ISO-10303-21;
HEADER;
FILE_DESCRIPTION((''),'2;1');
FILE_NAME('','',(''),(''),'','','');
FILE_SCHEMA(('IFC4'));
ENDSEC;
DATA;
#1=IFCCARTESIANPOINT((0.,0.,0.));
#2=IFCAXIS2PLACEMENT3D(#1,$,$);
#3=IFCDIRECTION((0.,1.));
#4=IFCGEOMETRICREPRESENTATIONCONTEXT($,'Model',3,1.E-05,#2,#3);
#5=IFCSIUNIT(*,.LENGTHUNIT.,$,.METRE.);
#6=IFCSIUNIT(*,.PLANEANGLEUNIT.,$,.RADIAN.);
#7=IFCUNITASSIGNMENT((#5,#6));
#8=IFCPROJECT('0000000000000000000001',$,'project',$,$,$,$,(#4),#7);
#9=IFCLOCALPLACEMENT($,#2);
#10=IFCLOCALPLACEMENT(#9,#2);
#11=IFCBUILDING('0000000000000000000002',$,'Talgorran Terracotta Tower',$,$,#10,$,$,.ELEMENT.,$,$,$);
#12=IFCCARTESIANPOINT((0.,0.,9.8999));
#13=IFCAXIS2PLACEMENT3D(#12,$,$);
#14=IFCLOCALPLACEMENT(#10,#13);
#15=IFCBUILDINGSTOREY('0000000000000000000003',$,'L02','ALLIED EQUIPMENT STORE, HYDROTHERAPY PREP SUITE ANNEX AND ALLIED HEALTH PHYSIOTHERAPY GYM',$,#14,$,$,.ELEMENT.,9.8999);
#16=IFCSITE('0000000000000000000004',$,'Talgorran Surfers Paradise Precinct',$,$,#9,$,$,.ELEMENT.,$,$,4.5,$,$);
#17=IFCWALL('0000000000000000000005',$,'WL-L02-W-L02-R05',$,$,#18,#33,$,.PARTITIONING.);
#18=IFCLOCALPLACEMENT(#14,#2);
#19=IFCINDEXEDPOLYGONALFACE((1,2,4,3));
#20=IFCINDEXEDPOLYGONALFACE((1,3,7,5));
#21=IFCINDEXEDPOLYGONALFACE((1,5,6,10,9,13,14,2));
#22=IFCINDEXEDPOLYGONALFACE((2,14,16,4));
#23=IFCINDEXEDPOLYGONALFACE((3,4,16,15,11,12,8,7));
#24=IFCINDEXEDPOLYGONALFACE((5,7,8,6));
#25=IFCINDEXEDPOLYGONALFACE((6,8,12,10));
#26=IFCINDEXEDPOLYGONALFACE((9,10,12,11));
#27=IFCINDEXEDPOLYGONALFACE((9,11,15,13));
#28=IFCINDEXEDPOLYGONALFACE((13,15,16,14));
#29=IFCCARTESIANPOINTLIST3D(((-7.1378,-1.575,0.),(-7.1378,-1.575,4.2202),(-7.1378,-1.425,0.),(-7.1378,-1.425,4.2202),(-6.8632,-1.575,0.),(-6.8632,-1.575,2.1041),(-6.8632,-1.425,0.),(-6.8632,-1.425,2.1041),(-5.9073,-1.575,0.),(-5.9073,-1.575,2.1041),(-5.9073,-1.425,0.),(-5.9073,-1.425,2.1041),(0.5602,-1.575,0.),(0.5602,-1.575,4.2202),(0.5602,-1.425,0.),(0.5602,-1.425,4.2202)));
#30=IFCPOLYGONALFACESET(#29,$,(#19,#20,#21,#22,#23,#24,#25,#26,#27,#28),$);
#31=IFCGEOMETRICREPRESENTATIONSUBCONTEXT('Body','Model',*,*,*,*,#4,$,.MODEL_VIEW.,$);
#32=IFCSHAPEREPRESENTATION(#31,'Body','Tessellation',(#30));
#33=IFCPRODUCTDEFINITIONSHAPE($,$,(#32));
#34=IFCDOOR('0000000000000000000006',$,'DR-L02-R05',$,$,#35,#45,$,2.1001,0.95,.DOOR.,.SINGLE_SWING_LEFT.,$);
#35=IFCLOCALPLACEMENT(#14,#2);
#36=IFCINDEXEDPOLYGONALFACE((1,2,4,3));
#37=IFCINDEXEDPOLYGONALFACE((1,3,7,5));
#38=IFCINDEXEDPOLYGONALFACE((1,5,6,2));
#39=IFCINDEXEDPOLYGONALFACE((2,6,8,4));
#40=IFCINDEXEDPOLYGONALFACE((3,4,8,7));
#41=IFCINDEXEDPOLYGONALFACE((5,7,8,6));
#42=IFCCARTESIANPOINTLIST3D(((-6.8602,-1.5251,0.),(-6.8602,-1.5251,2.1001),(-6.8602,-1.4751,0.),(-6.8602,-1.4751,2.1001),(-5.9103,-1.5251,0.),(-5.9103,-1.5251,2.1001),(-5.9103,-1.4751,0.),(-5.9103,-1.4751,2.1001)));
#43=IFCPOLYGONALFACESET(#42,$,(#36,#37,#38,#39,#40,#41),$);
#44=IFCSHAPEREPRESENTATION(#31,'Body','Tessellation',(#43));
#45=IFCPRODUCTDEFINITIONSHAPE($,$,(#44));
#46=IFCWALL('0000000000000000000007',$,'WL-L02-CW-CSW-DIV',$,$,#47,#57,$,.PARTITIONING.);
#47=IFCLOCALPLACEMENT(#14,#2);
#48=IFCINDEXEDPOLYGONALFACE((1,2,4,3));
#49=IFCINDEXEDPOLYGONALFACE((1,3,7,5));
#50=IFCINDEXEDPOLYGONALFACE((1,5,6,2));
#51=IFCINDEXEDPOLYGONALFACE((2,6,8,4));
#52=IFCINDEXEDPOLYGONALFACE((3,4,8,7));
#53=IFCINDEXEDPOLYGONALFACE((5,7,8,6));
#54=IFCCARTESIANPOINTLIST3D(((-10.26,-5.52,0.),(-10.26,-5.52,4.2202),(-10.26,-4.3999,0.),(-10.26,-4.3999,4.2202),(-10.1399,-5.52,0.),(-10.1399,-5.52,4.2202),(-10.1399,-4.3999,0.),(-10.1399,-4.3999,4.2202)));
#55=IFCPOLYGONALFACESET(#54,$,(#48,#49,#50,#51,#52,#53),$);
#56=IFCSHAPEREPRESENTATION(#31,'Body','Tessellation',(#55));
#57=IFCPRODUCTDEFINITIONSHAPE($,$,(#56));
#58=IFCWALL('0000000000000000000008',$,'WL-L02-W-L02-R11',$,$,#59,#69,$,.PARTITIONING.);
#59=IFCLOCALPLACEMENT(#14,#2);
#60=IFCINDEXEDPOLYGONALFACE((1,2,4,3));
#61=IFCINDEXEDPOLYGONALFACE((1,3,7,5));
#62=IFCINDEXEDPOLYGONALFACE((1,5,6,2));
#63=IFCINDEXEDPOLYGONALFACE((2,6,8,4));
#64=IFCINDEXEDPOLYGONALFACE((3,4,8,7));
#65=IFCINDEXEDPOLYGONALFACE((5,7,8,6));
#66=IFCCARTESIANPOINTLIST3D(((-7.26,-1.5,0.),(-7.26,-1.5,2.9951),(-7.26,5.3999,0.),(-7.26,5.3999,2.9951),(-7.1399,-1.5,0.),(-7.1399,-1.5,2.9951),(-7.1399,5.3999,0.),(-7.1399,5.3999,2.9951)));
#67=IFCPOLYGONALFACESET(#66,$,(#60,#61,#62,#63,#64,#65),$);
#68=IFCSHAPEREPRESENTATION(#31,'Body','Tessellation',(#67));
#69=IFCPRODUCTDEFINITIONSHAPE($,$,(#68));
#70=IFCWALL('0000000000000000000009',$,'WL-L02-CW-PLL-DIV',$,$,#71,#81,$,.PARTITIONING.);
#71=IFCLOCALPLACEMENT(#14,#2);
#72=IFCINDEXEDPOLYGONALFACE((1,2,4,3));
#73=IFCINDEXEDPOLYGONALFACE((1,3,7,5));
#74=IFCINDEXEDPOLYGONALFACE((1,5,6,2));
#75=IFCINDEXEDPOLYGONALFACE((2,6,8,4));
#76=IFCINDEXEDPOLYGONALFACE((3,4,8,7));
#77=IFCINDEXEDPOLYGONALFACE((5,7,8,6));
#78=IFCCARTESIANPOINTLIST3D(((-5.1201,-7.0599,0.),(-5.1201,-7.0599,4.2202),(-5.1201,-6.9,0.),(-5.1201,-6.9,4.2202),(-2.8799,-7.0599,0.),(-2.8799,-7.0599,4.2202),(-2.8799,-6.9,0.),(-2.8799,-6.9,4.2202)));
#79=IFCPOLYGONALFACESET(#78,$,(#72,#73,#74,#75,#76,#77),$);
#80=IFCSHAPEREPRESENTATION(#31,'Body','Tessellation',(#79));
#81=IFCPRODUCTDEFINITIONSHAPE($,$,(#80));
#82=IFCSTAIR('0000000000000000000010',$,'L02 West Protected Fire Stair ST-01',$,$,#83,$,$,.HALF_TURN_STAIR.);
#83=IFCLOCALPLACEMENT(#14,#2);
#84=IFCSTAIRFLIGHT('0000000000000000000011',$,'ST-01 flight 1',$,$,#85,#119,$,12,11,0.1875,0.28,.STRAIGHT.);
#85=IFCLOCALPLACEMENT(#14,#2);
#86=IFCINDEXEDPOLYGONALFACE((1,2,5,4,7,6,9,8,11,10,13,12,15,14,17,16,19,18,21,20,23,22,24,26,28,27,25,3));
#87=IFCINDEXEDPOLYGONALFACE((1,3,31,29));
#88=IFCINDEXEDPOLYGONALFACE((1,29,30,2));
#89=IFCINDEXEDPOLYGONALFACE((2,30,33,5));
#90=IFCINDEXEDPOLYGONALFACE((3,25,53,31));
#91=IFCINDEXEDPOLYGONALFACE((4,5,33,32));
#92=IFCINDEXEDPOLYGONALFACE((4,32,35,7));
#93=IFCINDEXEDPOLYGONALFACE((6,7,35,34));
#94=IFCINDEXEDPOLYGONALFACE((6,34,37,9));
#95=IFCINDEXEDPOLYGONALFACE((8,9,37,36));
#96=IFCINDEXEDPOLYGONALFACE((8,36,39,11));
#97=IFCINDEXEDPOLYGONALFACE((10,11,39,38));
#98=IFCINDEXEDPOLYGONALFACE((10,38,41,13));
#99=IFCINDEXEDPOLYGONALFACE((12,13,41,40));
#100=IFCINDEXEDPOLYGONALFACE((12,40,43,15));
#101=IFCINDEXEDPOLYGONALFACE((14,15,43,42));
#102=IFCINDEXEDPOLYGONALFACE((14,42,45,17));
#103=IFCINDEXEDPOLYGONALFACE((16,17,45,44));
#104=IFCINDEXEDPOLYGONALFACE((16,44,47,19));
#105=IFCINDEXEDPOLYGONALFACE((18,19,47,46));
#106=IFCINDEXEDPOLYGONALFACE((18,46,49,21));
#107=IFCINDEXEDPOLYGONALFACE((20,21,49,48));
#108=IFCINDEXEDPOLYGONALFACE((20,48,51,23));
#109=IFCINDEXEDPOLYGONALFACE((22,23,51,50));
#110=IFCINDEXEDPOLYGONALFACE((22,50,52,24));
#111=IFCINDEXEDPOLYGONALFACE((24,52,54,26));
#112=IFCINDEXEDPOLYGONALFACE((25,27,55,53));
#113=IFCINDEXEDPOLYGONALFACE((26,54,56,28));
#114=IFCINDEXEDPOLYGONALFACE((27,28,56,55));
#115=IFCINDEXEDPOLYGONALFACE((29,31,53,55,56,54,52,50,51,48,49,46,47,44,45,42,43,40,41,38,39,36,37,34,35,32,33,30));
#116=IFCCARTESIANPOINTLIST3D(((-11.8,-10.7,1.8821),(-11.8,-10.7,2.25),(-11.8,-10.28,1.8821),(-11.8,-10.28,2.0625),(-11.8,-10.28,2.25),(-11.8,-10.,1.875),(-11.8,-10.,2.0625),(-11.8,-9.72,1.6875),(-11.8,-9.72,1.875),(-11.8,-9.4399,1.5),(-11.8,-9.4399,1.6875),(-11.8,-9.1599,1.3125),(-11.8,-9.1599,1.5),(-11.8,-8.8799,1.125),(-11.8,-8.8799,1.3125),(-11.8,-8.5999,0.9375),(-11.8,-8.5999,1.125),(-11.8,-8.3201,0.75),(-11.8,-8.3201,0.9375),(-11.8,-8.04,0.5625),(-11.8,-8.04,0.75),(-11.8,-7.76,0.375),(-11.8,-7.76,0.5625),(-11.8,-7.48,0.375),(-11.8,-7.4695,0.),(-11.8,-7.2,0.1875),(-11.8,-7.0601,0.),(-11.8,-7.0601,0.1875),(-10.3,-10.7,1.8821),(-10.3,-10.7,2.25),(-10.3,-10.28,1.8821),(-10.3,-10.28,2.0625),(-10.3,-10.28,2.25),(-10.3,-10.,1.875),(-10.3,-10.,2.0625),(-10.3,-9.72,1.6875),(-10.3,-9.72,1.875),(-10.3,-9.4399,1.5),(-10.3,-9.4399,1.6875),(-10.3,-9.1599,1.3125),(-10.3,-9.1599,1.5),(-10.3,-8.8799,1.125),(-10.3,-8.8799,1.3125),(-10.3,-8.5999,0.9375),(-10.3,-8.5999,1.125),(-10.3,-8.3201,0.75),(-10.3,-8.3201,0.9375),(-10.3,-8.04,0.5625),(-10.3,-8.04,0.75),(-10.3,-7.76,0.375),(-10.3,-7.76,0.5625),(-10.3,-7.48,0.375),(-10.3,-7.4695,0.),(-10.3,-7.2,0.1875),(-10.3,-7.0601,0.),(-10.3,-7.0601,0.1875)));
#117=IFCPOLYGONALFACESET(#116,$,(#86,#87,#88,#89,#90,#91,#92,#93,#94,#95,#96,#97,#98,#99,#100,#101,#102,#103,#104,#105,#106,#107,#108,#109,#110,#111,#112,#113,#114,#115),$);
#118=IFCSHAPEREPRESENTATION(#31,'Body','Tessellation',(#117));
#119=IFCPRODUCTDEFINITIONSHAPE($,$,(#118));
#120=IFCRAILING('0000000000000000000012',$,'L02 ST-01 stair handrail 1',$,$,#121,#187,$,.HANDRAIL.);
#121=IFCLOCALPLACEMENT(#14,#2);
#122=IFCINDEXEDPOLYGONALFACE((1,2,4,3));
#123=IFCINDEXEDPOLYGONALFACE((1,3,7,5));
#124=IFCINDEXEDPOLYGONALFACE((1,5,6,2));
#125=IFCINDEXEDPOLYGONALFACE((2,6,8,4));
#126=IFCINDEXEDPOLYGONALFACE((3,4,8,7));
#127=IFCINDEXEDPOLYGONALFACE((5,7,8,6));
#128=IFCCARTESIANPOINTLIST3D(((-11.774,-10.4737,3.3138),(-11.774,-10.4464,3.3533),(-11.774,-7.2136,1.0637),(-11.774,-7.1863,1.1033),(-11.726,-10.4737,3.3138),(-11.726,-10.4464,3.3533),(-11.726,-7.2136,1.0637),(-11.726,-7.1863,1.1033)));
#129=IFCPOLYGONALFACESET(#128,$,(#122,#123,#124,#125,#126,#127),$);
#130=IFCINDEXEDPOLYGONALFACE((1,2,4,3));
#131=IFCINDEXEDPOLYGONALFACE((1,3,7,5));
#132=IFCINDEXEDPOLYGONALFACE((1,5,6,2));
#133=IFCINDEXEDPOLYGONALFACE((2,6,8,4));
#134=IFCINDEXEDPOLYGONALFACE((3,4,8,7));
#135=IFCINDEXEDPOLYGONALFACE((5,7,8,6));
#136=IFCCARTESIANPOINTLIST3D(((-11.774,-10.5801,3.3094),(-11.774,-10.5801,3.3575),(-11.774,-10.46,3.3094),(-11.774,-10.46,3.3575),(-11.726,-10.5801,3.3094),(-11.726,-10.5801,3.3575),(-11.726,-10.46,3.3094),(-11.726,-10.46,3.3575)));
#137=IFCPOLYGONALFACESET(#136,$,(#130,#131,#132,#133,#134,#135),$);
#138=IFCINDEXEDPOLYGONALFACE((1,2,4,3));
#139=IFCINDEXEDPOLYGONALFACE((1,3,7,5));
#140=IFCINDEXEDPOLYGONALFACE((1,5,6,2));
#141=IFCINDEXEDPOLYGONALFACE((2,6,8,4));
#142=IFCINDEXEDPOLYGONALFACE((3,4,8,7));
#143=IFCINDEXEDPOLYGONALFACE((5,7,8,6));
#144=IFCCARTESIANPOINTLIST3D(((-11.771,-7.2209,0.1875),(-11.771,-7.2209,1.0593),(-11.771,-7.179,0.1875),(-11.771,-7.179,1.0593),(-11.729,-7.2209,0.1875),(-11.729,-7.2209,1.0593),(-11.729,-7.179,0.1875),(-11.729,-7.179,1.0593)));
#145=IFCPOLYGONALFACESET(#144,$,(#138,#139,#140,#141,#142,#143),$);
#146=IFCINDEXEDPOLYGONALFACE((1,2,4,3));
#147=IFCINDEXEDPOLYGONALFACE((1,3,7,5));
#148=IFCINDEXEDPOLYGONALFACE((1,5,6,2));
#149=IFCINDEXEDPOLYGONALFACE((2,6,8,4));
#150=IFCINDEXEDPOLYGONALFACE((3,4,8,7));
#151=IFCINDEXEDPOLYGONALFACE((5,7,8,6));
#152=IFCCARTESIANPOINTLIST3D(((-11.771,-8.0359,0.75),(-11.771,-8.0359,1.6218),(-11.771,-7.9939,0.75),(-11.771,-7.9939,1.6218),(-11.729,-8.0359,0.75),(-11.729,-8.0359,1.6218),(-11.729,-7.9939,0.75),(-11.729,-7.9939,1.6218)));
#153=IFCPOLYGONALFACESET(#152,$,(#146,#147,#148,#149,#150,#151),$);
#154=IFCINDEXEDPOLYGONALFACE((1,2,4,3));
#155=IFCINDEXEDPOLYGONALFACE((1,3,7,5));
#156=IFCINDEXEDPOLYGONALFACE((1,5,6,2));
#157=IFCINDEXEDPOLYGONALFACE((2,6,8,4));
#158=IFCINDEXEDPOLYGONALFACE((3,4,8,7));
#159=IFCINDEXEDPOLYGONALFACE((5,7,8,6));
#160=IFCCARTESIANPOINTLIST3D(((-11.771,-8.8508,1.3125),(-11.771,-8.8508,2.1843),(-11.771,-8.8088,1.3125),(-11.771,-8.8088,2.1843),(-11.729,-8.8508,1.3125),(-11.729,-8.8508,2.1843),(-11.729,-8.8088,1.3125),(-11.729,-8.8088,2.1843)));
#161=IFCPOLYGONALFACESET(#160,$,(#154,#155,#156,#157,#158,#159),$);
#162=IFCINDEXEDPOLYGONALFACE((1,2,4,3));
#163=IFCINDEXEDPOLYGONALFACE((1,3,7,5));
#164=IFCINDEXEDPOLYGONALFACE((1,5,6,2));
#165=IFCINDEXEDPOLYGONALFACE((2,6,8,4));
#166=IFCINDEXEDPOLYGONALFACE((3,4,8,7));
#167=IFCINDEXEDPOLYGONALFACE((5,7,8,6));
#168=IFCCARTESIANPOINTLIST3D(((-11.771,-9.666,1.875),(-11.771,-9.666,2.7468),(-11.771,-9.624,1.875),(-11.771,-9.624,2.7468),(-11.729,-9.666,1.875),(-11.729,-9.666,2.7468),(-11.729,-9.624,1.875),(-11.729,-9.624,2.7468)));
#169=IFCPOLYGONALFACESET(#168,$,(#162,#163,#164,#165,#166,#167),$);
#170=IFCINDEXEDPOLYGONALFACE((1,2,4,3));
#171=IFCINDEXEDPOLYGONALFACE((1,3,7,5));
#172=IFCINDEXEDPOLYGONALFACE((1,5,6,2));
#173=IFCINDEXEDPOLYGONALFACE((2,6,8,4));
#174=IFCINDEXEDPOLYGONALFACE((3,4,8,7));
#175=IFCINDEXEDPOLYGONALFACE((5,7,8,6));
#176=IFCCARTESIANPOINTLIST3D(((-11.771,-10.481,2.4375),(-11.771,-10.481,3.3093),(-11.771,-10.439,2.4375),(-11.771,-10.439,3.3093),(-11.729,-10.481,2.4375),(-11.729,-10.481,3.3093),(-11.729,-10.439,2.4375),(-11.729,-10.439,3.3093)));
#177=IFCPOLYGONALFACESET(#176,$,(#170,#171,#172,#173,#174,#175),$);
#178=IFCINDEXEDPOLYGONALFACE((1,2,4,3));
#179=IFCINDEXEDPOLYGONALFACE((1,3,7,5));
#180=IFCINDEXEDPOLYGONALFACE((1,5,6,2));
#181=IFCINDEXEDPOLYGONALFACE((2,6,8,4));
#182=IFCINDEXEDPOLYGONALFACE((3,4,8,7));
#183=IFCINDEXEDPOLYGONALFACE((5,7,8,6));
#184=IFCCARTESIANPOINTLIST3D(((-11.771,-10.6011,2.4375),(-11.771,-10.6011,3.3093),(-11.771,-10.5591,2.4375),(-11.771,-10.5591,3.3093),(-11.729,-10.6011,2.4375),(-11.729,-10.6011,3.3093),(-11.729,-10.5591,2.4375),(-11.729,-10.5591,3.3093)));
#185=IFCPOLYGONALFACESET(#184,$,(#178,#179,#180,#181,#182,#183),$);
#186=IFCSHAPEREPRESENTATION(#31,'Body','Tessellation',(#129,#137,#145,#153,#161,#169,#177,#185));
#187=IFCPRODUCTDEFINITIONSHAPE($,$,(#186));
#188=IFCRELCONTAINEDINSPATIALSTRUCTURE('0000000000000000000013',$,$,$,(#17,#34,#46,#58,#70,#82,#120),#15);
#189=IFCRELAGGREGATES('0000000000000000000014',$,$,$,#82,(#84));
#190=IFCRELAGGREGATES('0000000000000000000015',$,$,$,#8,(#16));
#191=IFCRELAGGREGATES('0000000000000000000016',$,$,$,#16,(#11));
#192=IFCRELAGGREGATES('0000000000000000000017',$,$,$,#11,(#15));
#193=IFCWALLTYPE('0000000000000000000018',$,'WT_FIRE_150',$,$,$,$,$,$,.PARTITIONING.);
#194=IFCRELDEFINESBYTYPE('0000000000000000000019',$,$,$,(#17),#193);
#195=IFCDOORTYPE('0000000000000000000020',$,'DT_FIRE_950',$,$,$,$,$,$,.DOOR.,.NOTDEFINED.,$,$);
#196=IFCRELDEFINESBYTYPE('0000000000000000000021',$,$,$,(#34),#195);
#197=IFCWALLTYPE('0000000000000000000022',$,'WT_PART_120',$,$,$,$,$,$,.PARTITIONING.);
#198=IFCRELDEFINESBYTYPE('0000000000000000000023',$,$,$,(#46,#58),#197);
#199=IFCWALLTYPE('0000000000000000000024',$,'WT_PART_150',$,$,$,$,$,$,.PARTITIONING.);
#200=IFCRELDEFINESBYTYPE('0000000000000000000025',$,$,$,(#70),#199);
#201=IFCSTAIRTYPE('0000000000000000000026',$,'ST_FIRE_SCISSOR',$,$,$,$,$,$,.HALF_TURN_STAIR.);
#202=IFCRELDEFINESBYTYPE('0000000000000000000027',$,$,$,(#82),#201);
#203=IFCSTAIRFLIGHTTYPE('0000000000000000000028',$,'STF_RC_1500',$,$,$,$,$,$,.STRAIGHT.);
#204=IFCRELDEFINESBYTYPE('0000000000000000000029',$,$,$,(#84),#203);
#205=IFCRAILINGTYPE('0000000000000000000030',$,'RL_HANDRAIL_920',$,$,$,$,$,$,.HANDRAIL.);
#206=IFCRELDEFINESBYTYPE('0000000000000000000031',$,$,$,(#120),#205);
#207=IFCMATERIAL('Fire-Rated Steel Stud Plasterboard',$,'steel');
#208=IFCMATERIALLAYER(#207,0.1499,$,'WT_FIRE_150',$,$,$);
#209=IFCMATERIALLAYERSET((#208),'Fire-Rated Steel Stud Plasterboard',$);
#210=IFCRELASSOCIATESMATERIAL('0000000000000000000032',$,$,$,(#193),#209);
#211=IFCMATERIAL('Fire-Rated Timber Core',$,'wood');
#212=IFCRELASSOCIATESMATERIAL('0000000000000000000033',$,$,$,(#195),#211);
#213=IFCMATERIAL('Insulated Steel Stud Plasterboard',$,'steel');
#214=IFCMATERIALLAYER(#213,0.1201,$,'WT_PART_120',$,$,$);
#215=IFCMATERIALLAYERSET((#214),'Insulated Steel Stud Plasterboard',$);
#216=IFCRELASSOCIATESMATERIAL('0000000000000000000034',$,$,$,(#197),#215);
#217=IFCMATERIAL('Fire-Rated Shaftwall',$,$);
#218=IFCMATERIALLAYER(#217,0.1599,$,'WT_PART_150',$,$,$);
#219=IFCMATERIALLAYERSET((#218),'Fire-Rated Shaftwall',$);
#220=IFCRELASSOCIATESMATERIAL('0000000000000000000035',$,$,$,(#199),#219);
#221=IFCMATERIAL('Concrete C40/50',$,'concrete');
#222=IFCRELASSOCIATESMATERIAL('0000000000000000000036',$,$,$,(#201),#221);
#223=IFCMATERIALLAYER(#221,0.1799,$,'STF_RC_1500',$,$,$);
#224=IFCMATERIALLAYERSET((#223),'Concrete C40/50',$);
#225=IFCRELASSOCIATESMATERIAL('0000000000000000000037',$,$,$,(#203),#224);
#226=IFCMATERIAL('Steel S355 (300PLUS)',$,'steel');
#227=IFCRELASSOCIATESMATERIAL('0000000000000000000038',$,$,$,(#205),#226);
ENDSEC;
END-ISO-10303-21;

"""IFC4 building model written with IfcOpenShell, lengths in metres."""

from ifc_helpers import new_model, si_unit, direction, frame, frame_2d, origin, origin_2d, place, context, subcontext, project, spatial, polyline, rectangle, outline, extrude, material, layer, layer_set, type_object, element, fill, aggregate, save


model = new_model("IFC4")

# Units and contexts
model_context = context("Model", 3, precision=1e-05, world=origin(), true_north=direction((0.0, 1.0)))
body_context = subcontext(model_context, "Body", "Model", "MODEL_VIEW")
ifc_project = project(units=[si_unit("LENGTHUNIT", "METRE"), si_unit("PLANEANGLEUNIT", "RADIAN")], contexts=[model_context])

# Site, building, storey
site_placement = place(None, origin())
site = spatial("IfcSite", under=ifc_project, at=site_placement, Name="Talgorran Surfers Paradise Precinct", CompositionType="ELEMENT", RefElevation=4.5)
building_placement = place(site_placement, origin())
building = spatial("IfcBuilding", under=site, at=building_placement, Name="Talgorran Terracotta Tower", CompositionType="ELEMENT")
storey_placement = place(building_placement, frame((0.0, 0.0, 9.8999)))
storey = spatial("IfcBuildingStorey", under=building, at=storey_placement, Name="L02", Description="ALLIED EQUIPMENT STORE, HYDROTHERAPY PREP SUITE ANNEX AND ALLIED HEALTH PHYSIOTHERAPY GYM", CompositionType="ELEMENT", Elevation=9.8999)

# Shared definitions
ifc_material_1 = material(Name="Steel S355 (300PLUS)", Category="steel")

# Wall, opening, door
ifc_material_2 = material(Name="Fire-Rated Steel Stud Plasterboard", Category="steel")
ifc_layer_1 = layer(ifc_material_2, 0.1499, Name="WT_FIRE_150")
ifc_layer_set_1 = layer_set([ifc_layer_1], Name="Fire-Rated Steel Stud Plasterboard")
wall_type_1 = type_object("IfcWallType", Name="WT_FIRE_150", PredefinedType="PARTITIONING", material=ifc_layer_set_1)
wall_1_placement = place(storey_placement, frame((-7.1379, -1.5, 0.0), z_axis=(0.0, 0.0, 1.0), x_axis=(1.0, 0.0, 0.0)))
wall_1 = element("IfcWall", 1, at=wall_1_placement, inside=storey, type_object=wall_type_1, Name="WL-L02-W-L02-R05", PredefinedType="PARTITIONING", context=body_context, shape_type="SweptSolid", body=[
    extrude(rectangle(XDim=7.698, YDim=0.1499, at=frame_2d((3.8491, 0.0))), origin(), (0.0, 0.0, 1.0), 4.2202),
])
opening_1_placement = place(wall_1_placement, frame((0.2776, 0.0, 0.0)))
opening_1 = element("IfcOpeningElement", 2, at=opening_1_placement, cuts=wall_1, PredefinedType="OPENING", context=body_context, shape_type="SweptSolid", body=[
    extrude(rectangle(XDim=0.956, YDim=2.1041, at=frame_2d((0.4751, 1.052))), frame((0.0, 0.085, 0.0), z_axis=(0.0, -1.0, 0.0), x_axis=(1.0, 0.0, 0.0)), (0.0, 0.0, 1.0), 0.1699),
])
ifc_material_3 = material(Name="Fire-Rated Timber Core", Category="wood")
door_type_1 = type_object("IfcDoorType", Name="DT_FIRE_950", OperationType="NOTDEFINED", PredefinedType="DOOR", material=ifc_material_3)
door_1_placement = place(opening_1_placement, origin())
door_1 = element("IfcDoor", 3, at=door_1_placement, inside=storey, type_object=door_type_1, Name="DR-L02-R05", OperationType="SINGLE_SWING_LEFT", OverallHeight=2.1001, OverallWidth=0.95, PredefinedType="DOOR", context=body_context, shape_type="SweptSolid", body=[
    extrude(rectangle(XDim=0.95, YDim=2.1001, at=frame_2d((0.4751, 1.05))), frame((0.0, 0.0249, 0.0), z_axis=(0.0, -1.0, 0.0), x_axis=(1.0, 0.0, 0.0)), (0.0, 0.0, 1.0), 0.05),
])
fill(opening_1, door_1)

# Walls
ifc_material_4 = material(Name="Insulated Steel Stud Plasterboard", Category="steel")
ifc_layer_2 = layer(ifc_material_4, 0.1201, Name="WT_PART_120")
ifc_layer_set_2 = layer_set([ifc_layer_2], Name="Insulated Steel Stud Plasterboard")
wall_type_2 = type_object("IfcWallType", Name="WT_PART_120", PredefinedType="PARTITIONING", material=ifc_layer_set_2)
wall_2_placement = place(storey_placement, frame((-10.2, -5.52, 0.0), z_axis=(0.0, 0.0, 1.0), x_axis=(0.0, 1.0, 0.0)))
element("IfcWall", 4, at=wall_2_placement, inside=storey, type_object=wall_type_2, Name="WL-L02-CW-CSW-DIV", PredefinedType="PARTITIONING", context=body_context, shape_type="SweptSolid", body=[
    extrude(rectangle(XDim=1.1201, YDim=0.1201, at=frame_2d((0.5601, 0.0))), origin(), (0.0, 0.0, 1.0), 4.2202),
])
wall_3_placement = place(storey_placement, frame((-7.2, -1.5, 0.0), z_axis=(0.0, 0.0, 1.0), x_axis=(0.0, 1.0, 0.0)))
element("IfcWall", 5, at=wall_3_placement, inside=storey, type_object=wall_type_2, Name="WL-L02-W-L02-R11", PredefinedType="PARTITIONING", context=body_context, shape_type="SweptSolid", body=[
    extrude(rectangle(XDim=6.8999, YDim=0.1201, at=frame_2d((3.45, 0.0))), origin(), (0.0, 0.0, 1.0), 2.9951),
])
ifc_material_5 = material(Name="Fire-Rated Shaftwall")
ifc_layer_3 = layer(ifc_material_5, 0.1599, Name="WT_PART_150")
ifc_layer_set_3 = layer_set([ifc_layer_3], Name="Fire-Rated Shaftwall")
wall_type_3 = type_object("IfcWallType", Name="WT_PART_150", PredefinedType="PARTITIONING", material=ifc_layer_set_3)
wall_4_placement = place(storey_placement, frame((-5.1201, -6.98, 0.0), z_axis=(0.0, 0.0, 1.0), x_axis=(1.0, 0.0, 0.0)))
element("IfcWall", 6, at=wall_4_placement, inside=storey, type_object=wall_type_3, Name="WL-L02-CW-PLL-DIV", PredefinedType="PARTITIONING", context=body_context, shape_type="SweptSolid", body=[
    extrude(rectangle(XDim=2.2402, YDim=0.1599, at=frame_2d((1.1201, 0.0))), origin(), (0.0, 0.0, 1.0), 4.2202),
])

# Stair, stair flight
ifc_material_6 = material(Name="Concrete C40/50", Category="concrete")
stair_type = type_object("IfcStairType", Name="ST_FIRE_SCISSOR", PredefinedType="HALF_TURN_STAIR", material=ifc_material_6)
stair_placement = place(storey_placement, origin())
stair = element("IfcStair", 7, at=stair_placement, inside=storey, type_object=stair_type, Name="L02 West Protected Fire Stair ST-01", PredefinedType="HALF_TURN_STAIR")
ifc_layer_4 = layer(ifc_material_6, 0.1799, Name="STF_RC_1500")
ifc_layer_set_4 = layer_set([ifc_layer_4], Name="Concrete C40/50")
stair_flight_type = type_object("IfcStairFlightType", Name="STF_RC_1500", PredefinedType="STRAIGHT", material=ifc_layer_set_4)
stair_flight_placement = place(storey_placement, frame((-11.05, -7.2, 0.0), z_axis=(0.0, 0.0, 1.0), x_axis=(0.0, -1.0, 0.0)))
stair_flight = element("IfcStairFlight", 8, at=stair_flight_placement, type_object=stair_flight_type, Name="ST-01 flight 1", NumberOfRisers=12, NumberOfTreads=11, PredefinedType="STRAIGHT", RiserHeight=0.1875, TreadLength=0.28, context=body_context, shape_type="SweptSolid", body=[
    extrude(outline(polyline([(-0.1399, 0.0), (-0.1399, 0.1875), (0.0, 0.1875), (0.28, 0.375), (0.5601, 0.375), (0.5601, 0.5625), (0.8401, 0.5625), (0.8401, 0.75), (1.1201, 0.75), (1.1201, 0.9375), (1.3999, 0.9375), (1.3999, 1.125), (1.6799, 1.125), (1.6799, 1.3125), (1.96, 1.3125), (1.96, 1.5), (2.24, 1.5), (2.24, 1.6875), (2.52, 1.6875), (2.52, 1.875), (2.8, 1.875), (2.8, 2.0625), (3.0801, 2.0625), (3.0801, 2.25), (3.5, 2.25), (3.5, 1.8821), (3.0801, 1.8821), (0.2695, 0.0), (-0.1399, 0.0)])), frame((0.0, 0.75, 0.0), z_axis=(0.0, -1.0, 0.0), x_axis=(1.0, 0.0, 0.0)), (0.0, 0.0, 1.0), 1.5),
])
aggregate(stair, [stair_flight])

# Railing
railing_type_1 = type_object("IfcRailingType", Name="RL_HANDRAIL_920", PredefinedType="HANDRAIL", material=ifc_material_1)
railing_1_placement = place(storey_placement, frame((-11.75, -7.2, 0.1875)))
element("IfcRailing", 9, at=railing_1_placement, inside=storey, type_object=railing_type_1, Name="L02 ST-01 stair handrail 1", PredefinedType="HANDRAIL", context=body_context, shape_type="SweptSolid", body=[
    extrude(rectangle(XDim=0.0481, YDim=0.0481, at=origin_2d()), frame((0.0, 0.0, 0.896), z_axis=(0.0, -0.82301, 0.568027), x_axis=(1.0, 0.0, 0.0)), (0.0, 0.0, 1.0), 3.9612),
    extrude(rectangle(XDim=0.0481, YDim=0.0481, at=origin_2d()), frame((0.0, -3.26, 3.146), z_axis=(0.0, -1.0, 0.0), x_axis=(1.0, 0.0, 0.0)), (0.0, 0.0, 1.0), 0.1201),
    extrude(rectangle(XDim=0.042, YDim=0.042, at=origin_2d()), origin(), (0.0, 0.0, 1.0), 0.8718),
    extrude(rectangle(XDim=0.042, YDim=0.042, at=origin_2d()), frame((0.0, -0.8149, 0.5625)), (0.0, 0.0, 1.0), 0.8718),
    extrude(rectangle(XDim=0.042, YDim=0.042, at=origin_2d()), frame((0.0, -1.6299, 1.125)), (0.0, 0.0, 1.0), 0.8718),
    extrude(rectangle(XDim=0.042, YDim=0.042, at=origin_2d()), frame((0.0, -2.4451, 1.6875)), (0.0, 0.0, 1.0), 0.8718),
    extrude(rectangle(XDim=0.042, YDim=0.042, at=origin_2d()), frame((0.0, -3.26, 2.25)), (0.0, 0.0, 1.0), 0.8718),
    extrude(rectangle(XDim=0.042, YDim=0.042, at=origin_2d()), frame((0.0, -3.3801, 2.25)), (0.0, 0.0, 1.0), 0.8718),
])

save(model, "model.ifc")
